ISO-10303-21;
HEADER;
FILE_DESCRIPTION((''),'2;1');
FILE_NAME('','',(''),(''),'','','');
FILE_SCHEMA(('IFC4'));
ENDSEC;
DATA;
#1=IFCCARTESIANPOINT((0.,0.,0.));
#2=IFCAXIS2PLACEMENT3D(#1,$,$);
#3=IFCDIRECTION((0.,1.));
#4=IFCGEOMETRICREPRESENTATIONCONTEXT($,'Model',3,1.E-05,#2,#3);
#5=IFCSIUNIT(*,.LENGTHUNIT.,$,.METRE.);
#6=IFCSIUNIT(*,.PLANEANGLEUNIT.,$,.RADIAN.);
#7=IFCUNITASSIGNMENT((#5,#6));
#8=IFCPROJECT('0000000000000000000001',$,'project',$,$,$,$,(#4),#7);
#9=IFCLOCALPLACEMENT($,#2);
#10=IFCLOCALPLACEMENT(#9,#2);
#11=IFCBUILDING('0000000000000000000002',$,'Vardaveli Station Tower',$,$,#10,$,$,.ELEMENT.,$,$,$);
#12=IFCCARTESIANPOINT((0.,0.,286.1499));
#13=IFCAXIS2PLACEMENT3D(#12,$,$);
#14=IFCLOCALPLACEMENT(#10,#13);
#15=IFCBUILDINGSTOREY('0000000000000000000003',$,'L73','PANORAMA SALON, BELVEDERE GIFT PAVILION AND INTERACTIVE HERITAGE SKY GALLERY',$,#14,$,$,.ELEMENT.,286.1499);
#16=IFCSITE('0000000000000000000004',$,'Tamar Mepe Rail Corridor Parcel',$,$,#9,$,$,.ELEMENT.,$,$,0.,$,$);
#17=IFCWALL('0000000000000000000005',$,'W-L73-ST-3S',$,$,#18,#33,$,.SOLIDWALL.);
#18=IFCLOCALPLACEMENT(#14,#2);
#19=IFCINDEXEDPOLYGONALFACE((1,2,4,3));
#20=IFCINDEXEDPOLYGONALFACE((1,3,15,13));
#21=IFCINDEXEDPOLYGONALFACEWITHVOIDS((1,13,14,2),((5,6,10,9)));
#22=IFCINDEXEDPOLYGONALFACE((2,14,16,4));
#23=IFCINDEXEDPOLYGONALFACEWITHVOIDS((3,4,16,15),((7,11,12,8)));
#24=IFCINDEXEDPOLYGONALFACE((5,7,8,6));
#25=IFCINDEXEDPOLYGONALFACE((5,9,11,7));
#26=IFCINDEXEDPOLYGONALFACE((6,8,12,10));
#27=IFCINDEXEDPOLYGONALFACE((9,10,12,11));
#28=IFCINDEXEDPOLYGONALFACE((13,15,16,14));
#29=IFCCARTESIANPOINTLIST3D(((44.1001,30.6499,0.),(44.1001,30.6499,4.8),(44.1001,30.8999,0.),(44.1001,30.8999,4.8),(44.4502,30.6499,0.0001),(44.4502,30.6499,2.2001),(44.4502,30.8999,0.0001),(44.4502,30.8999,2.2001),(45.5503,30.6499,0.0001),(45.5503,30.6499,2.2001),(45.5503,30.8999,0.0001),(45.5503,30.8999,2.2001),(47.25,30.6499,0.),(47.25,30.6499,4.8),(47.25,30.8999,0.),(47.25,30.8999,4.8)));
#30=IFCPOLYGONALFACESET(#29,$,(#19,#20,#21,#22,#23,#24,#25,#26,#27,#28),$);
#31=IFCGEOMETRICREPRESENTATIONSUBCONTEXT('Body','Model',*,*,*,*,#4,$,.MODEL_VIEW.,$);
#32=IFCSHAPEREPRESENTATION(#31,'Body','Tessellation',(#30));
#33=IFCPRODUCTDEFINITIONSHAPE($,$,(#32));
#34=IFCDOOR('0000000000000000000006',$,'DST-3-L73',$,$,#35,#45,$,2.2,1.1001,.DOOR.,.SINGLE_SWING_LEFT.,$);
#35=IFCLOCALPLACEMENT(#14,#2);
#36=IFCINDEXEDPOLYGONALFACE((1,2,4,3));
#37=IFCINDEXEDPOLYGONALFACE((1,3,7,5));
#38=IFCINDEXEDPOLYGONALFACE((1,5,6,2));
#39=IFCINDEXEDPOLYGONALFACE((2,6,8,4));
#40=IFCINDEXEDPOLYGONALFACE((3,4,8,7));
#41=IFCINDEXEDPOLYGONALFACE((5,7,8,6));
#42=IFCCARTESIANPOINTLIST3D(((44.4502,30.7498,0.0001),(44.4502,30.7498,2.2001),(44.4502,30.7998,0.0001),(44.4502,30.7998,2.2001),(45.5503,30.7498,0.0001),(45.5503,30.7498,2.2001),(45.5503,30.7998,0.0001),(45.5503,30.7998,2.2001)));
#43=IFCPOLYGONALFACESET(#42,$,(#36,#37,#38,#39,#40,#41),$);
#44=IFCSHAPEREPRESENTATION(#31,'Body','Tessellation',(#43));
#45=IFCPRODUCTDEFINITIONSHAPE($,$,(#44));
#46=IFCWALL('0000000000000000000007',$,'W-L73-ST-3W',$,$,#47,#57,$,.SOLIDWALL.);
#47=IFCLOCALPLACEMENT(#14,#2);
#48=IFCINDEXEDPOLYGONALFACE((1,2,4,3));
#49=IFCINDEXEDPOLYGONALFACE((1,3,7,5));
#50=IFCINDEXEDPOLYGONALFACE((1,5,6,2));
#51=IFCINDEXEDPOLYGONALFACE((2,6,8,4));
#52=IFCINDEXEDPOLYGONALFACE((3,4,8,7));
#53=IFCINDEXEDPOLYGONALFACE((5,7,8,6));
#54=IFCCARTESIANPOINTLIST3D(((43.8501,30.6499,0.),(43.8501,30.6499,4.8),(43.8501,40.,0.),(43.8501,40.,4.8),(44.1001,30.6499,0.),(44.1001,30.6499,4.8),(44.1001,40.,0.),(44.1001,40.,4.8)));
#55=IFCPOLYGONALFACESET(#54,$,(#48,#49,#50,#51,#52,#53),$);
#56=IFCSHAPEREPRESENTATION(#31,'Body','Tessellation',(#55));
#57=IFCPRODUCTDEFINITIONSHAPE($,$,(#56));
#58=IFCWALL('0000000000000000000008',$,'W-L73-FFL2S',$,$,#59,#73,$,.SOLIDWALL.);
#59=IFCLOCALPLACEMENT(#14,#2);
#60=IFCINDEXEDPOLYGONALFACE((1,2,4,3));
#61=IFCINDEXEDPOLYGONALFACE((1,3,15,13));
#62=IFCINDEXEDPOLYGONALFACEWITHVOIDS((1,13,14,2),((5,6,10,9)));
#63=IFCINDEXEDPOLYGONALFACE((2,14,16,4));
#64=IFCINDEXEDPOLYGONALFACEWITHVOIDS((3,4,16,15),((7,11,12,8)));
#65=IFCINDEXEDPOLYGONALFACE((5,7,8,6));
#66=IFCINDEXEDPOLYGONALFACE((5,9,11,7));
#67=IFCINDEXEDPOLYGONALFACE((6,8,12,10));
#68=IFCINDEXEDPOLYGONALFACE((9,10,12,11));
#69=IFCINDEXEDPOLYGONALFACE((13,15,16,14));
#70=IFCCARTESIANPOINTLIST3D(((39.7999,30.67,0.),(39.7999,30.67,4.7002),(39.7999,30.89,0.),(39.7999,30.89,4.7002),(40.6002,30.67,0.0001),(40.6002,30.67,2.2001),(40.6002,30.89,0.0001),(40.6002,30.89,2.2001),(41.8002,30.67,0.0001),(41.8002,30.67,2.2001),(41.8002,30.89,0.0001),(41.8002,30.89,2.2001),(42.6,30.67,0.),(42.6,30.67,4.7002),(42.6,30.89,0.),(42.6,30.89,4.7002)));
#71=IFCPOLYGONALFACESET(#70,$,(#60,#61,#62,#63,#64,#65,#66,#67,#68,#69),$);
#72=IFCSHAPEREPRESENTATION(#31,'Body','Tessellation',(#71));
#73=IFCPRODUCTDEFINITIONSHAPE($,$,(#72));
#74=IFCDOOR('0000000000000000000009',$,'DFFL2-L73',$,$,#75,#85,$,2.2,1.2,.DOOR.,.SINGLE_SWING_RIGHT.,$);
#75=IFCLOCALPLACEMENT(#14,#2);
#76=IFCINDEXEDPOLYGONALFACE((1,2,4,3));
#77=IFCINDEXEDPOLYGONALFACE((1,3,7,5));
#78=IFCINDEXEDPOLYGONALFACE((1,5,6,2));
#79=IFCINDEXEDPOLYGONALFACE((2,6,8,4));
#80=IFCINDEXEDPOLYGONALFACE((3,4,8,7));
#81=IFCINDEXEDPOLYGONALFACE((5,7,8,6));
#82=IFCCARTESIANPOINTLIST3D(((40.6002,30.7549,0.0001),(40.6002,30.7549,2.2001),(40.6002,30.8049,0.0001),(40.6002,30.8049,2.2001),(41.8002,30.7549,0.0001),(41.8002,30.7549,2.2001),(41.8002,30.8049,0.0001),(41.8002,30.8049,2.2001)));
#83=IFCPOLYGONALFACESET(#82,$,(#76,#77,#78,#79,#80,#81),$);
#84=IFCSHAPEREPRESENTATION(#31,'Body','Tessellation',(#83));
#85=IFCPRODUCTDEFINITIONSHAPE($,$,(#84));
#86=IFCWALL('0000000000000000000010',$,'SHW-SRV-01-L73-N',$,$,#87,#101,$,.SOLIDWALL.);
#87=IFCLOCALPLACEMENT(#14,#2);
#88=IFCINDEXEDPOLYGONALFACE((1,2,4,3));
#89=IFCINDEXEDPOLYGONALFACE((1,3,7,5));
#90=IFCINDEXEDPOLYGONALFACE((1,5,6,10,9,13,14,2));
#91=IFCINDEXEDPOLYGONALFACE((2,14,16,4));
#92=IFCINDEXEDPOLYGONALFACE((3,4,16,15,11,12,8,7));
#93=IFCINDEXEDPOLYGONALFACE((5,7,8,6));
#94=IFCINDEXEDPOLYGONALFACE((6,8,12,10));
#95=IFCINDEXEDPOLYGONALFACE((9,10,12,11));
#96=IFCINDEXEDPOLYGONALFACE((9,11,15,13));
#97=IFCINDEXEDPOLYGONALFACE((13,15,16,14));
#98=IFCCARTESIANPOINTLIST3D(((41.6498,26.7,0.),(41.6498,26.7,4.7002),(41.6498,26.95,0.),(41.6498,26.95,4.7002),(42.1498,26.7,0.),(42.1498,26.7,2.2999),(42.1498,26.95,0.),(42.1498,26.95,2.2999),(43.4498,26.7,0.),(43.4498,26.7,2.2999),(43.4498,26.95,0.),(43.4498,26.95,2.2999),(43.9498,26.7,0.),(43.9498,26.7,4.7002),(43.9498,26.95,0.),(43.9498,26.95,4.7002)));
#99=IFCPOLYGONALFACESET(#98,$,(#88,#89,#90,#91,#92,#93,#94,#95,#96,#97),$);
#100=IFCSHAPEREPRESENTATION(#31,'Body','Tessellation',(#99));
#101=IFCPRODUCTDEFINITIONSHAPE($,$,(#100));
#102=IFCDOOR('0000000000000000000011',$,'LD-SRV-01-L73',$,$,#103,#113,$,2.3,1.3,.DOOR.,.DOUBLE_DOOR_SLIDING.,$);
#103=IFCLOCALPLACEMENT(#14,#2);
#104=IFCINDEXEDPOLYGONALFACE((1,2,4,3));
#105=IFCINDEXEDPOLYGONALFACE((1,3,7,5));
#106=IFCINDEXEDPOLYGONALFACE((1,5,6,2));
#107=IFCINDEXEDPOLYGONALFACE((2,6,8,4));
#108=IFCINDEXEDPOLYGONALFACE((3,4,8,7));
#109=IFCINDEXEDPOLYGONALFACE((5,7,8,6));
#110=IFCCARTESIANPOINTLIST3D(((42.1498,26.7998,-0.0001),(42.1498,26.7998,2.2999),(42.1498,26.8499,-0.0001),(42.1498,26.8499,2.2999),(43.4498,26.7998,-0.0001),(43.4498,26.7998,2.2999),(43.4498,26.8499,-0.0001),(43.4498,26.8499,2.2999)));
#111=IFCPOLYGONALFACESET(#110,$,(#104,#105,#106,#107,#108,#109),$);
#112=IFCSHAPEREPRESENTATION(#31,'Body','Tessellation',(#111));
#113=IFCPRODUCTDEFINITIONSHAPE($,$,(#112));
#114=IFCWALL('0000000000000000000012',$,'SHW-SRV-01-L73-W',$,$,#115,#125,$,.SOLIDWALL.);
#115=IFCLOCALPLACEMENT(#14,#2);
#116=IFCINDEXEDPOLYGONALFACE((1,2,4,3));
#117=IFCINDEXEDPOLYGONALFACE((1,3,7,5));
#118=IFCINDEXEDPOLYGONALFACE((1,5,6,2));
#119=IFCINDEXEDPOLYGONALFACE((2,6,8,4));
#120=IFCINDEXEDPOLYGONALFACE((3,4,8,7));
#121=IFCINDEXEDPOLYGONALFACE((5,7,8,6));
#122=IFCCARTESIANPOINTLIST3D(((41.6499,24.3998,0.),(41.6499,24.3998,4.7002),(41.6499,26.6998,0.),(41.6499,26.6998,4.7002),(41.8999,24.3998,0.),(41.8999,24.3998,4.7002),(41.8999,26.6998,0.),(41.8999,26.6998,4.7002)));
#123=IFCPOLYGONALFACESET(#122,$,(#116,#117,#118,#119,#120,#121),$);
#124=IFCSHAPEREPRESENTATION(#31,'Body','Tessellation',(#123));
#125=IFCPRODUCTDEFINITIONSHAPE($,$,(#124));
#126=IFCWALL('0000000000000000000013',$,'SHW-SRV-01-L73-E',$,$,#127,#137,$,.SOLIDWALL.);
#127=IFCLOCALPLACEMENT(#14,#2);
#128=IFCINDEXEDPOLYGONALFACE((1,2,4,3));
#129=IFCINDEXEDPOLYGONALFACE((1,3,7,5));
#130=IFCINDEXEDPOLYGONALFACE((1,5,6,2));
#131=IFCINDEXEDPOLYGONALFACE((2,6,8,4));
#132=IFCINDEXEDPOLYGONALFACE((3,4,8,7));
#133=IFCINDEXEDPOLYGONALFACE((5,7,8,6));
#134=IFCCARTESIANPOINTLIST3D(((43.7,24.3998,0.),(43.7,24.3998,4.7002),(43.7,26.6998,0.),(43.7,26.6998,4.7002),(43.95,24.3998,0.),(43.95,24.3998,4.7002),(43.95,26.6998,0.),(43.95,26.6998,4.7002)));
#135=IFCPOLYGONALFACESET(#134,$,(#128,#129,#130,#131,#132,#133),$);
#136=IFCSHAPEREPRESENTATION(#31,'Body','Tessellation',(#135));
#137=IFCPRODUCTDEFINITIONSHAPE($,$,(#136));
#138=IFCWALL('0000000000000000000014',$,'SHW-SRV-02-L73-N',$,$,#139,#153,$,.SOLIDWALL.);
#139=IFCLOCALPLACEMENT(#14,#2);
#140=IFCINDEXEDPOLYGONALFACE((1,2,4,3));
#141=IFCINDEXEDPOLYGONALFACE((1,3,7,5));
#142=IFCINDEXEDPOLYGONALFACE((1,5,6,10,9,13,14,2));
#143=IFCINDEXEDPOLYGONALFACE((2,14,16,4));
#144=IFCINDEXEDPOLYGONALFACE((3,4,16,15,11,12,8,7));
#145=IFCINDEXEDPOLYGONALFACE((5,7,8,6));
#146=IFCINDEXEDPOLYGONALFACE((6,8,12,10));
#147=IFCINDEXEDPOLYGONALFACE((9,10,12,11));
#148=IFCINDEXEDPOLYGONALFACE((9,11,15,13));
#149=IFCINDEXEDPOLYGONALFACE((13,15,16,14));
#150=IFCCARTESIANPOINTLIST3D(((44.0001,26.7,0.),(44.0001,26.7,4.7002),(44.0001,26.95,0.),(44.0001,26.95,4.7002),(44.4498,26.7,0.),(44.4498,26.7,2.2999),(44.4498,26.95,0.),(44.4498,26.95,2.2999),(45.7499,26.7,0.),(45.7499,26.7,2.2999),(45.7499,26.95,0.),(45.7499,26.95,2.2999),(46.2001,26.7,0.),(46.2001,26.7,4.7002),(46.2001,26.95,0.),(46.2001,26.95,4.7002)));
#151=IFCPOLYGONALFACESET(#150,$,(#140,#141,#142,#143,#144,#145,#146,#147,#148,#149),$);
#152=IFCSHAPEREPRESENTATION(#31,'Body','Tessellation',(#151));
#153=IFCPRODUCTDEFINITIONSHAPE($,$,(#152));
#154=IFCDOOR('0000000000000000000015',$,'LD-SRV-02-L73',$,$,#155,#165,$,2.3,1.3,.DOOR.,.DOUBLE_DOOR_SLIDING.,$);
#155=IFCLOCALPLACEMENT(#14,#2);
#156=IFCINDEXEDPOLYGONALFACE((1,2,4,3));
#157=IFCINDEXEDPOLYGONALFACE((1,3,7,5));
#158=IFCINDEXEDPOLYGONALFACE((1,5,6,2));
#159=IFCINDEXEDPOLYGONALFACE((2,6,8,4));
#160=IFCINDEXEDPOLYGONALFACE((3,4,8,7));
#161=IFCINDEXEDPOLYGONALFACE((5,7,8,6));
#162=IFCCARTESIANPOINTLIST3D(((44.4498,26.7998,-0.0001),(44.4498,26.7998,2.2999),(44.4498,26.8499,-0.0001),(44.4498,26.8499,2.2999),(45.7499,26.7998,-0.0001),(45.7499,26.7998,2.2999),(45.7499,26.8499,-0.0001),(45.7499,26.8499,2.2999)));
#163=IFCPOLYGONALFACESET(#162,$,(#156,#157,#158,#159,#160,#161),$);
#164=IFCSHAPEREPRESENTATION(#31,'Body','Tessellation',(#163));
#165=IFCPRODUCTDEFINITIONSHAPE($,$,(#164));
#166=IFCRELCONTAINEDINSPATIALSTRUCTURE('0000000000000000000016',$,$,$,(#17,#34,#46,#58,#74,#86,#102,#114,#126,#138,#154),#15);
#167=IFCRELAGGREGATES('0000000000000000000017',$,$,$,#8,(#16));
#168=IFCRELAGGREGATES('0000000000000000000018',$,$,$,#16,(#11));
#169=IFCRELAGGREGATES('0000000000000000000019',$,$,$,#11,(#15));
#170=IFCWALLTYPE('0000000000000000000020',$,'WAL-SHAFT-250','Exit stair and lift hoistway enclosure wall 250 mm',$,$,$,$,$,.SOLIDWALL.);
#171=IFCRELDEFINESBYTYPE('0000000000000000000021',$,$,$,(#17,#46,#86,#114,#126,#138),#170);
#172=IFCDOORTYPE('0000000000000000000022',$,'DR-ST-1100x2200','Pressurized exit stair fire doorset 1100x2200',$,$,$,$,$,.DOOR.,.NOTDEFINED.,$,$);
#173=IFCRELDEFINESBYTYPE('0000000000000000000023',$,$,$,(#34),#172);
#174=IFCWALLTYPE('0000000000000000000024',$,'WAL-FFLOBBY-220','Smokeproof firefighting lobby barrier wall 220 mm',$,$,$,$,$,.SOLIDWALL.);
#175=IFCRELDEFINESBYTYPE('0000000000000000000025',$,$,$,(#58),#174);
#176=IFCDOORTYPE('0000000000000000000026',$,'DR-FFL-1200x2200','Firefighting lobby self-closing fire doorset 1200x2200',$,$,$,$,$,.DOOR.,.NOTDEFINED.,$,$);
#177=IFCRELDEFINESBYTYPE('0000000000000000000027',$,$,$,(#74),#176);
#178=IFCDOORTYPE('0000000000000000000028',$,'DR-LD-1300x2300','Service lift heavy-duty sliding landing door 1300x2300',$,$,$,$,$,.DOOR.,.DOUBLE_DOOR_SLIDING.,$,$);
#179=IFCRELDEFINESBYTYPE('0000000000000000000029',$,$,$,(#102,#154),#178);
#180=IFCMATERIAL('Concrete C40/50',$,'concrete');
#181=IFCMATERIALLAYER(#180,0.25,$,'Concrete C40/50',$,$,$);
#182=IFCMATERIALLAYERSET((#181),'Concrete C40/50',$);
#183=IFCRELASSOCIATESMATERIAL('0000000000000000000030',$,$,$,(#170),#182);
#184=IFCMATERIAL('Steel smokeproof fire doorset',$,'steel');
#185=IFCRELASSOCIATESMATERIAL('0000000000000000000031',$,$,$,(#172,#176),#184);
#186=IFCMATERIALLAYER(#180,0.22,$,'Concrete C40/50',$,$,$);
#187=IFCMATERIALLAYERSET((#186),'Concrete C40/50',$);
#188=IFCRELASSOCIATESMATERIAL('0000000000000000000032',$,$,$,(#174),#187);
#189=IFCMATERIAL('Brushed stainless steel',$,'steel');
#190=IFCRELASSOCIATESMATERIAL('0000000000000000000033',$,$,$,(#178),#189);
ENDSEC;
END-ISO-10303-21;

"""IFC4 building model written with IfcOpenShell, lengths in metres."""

from ifc_helpers import new_model, si_unit, direction, frame, frame_2d, origin, place, context, subcontext, project, spatial, rectangle, extrude, source, transform, mapped, material, layer, layer_set, type_object, element, fill, save


model = new_model("IFC4")

# Units and contexts
model_context = context("Model", 3, precision=1e-05, world=origin(), true_north=direction((0.0, 1.0)))
body_context = subcontext(model_context, "Body", "Model", "MODEL_VIEW")
ifc_project = project(units=[si_unit("LENGTHUNIT", "METRE"), si_unit("PLANEANGLEUNIT", "RADIAN")], contexts=[model_context])

# Site, building, storey
site_placement = place(None, origin())
site = spatial("IfcSite", under=ifc_project, at=site_placement, Name="Tamar Mepe Rail Corridor Parcel", CompositionType="ELEMENT", RefElevation=0.0)
building_placement = place(site_placement, origin())
building = spatial("IfcBuilding", under=site, at=building_placement, Name="Vardaveli Station Tower", CompositionType="ELEMENT")
storey_placement = place(building_placement, frame((0.0, 0.0, 286.1499)))
storey = spatial("IfcBuildingStorey", under=building, at=storey_placement, Name="L73", Description="PANORAMA SALON, BELVEDERE GIFT PAVILION AND INTERACTIVE HERITAGE SKY GALLERY", CompositionType="ELEMENT", Elevation=286.1499)

# Wall, opening, door
ifc_material_1 = material(Name="Concrete C40/50", Category="concrete")
ifc_layer_1 = layer(ifc_material_1, 0.25, Name="Concrete C40/50")
ifc_layer_set_1 = layer_set([ifc_layer_1], Name="Concrete C40/50")
wall_type_1 = type_object("IfcWallType", Name="WAL-SHAFT-250", Description="Exit stair and lift hoistway enclosure wall 250 mm", PredefinedType="SOLIDWALL", material=ifc_layer_set_1)
shared_shape_1 = source(origin(), body_context, "Body", "SweptSolid", [
    extrude(rectangle(XDim=3.1499, YDim=0.25, at=frame_2d((1.575, 0.0))), origin(), (0.0, 0.0, 1.0), 4.8),
])
wall_1_placement = place(storey_placement, frame((44.1001, 30.7749, 0.0), z_axis=(0.0, 0.0, 1.0), x_axis=(1.0, 0.0, 0.0)))
wall_1 = element("IfcWall", 1, at=wall_1_placement, inside=storey, type_object=wall_type_1, Name="W-L73-ST-3S", PredefinedType="SOLIDWALL", context=body_context, shape_type="MappedRepresentation", body=[
    mapped(shared_shape_1, transform((0.0, 0.0, 0.0), scale=1.0)),
])
shared_shape_2 = source(origin(), body_context, "Body", "SweptSolid", [
    extrude(rectangle(XDim=1.1001, YDim=2.2, at=frame_2d((0.55, 1.1001))), frame((0.0, 0.135, 0.0), z_axis=(0.0, -1.0, 0.0), x_axis=(1.0, 0.0, 0.0)), (0.0, 0.0, 1.0), 0.27),
])
opening_1_placement = place(wall_1_placement, frame((0.3501, 0.0, 0.0)))
opening_1 = element("IfcOpeningElement", 2, at=opening_1_placement, cuts=wall_1, PredefinedType="OPENING", context=body_context, shape_type="MappedRepresentation", body=[
    mapped(shared_shape_2, transform((0.0, 0.0, 0.0), scale=1.0)),
])
ifc_material_2 = material(Name="Steel smokeproof fire doorset", Category="steel")
door_type_1 = type_object("IfcDoorType", Name="DR-ST-1100x2200", Description="Pressurized exit stair fire doorset 1100x2200", OperationType="NOTDEFINED", PredefinedType="DOOR", material=ifc_material_2)
shared_shape_3 = source(origin(), body_context, "Body", "SweptSolid", [
    extrude(rectangle(XDim=1.1001, YDim=2.2, at=frame_2d((0.55, 1.1001))), frame((0.0, 0.0249, 0.0), z_axis=(0.0, -1.0, 0.0), x_axis=(1.0, 0.0, 0.0)), (0.0, 0.0, 1.0), 0.05),
])
door_1_placement = place(opening_1_placement, origin())
door_1 = element("IfcDoor", 3, at=door_1_placement, inside=storey, type_object=door_type_1, Name="DST-3-L73", OperationType="SINGLE_SWING_LEFT", OverallHeight=2.2, OverallWidth=1.1001, PredefinedType="DOOR", context=body_context, shape_type="MappedRepresentation", body=[
    mapped(shared_shape_3, transform((0.0, 0.0, 0.0), scale=1.0)),
])
fill(opening_1, door_1)

# Wall
shared_shape_4 = source(origin(), body_context, "Body", "SweptSolid", [
    extrude(rectangle(XDim=9.3501, YDim=0.25, at=frame_2d((4.675, 0.0))), origin(), (0.0, 0.0, 1.0), 4.8),
])
wall_2_placement = place(storey_placement, frame((43.9751, 30.6499, 0.0), z_axis=(0.0, 0.0, 1.0), x_axis=(0.0, 1.0, 0.0)))
element("IfcWall", 4, at=wall_2_placement, inside=storey, type_object=wall_type_1, Name="W-L73-ST-3W", PredefinedType="SOLIDWALL", context=body_context, shape_type="MappedRepresentation", body=[
    mapped(shared_shape_4, transform((0.0, 0.0, 0.0), scale=1.0)),
])

# Walls, openings, doors
ifc_layer_2 = layer(ifc_material_1, 0.22, Name="Concrete C40/50")
ifc_layer_set_2 = layer_set([ifc_layer_2], Name="Concrete C40/50")
wall_type_2 = type_object("IfcWallType", Name="WAL-FFLOBBY-220", Description="Smokeproof firefighting lobby barrier wall 220 mm", PredefinedType="SOLIDWALL", material=ifc_layer_set_2)
shared_shape_5 = source(origin(), body_context, "Body", "SweptSolid", [
    extrude(rectangle(XDim=2.8, YDim=0.22, at=frame_2d((1.3999, 0.0))), origin(), (0.0, 0.0, 1.0), 4.7002),
])
wall_3_placement = place(storey_placement, frame((39.8, 30.78, 0.0), z_axis=(0.0, 0.0, 1.0), x_axis=(1.0, 0.0, 0.0)))
wall_3 = element("IfcWall", 5, at=wall_3_placement, inside=storey, type_object=wall_type_2, Name="W-L73-FFL2S", PredefinedType="SOLIDWALL", context=body_context, shape_type="MappedRepresentation", body=[
    mapped(shared_shape_5, transform((0.0, 0.0, 0.0), scale=1.0)),
])
shared_shape_6 = source(origin(), body_context, "Body", "SweptSolid", [
    extrude(rectangle(XDim=1.2, YDim=2.2, at=frame_2d((0.6001, 1.1001))), frame((0.0, 0.1201, 0.0), z_axis=(0.0, -1.0, 0.0), x_axis=(1.0, 0.0, 0.0)), (0.0, 0.0, 1.0), 0.24),
])
opening_2_placement = place(wall_3_placement, frame((0.8, 0.0, 0.0)))
opening_2 = element("IfcOpeningElement", 6, at=opening_2_placement, cuts=wall_3, PredefinedType="OPENING", context=body_context, shape_type="MappedRepresentation", body=[
    mapped(shared_shape_6, transform((0.0, 0.0, 0.0), scale=1.0)),
])
door_type_2 = type_object("IfcDoorType", Name="DR-FFL-1200x2200", Description="Firefighting lobby self-closing fire doorset 1200x2200", OperationType="NOTDEFINED", PredefinedType="DOOR", material=ifc_material_2)
shared_shape_7 = source(origin(), body_context, "Body", "SweptSolid", [
    extrude(rectangle(XDim=1.2, YDim=2.2, at=frame_2d((0.6001, 1.1001))), frame((0.0, 0.0249, 0.0), z_axis=(0.0, -1.0, 0.0), x_axis=(1.0, 0.0, 0.0)), (0.0, 0.0, 1.0), 0.05),
])
door_2_placement = place(opening_2_placement, origin())
door_2 = element("IfcDoor", 7, at=door_2_placement, inside=storey, type_object=door_type_2, Name="DFFL2-L73", OperationType="SINGLE_SWING_RIGHT", OverallHeight=2.2, OverallWidth=1.2, PredefinedType="DOOR", context=body_context, shape_type="MappedRepresentation", body=[
    mapped(shared_shape_7, transform((0.0, 0.0, 0.0), scale=1.0)),
])
fill(opening_2, door_2)
shared_shape_8 = source(origin(), body_context, "Body", "SweptSolid", [
    extrude(rectangle(XDim=2.3, YDim=0.25, at=frame_2d((1.1499, 0.0))), origin(), (0.0, 0.0, 1.0), 4.7002),
])
wall_4_placement = place(storey_placement, frame((41.6499, 26.825, 0.0), z_axis=(0.0, 0.0, 1.0), x_axis=(1.0, 0.0, 0.0)))
wall_4 = element("IfcWall", 8, at=wall_4_placement, inside=storey, type_object=wall_type_1, Name="SHW-SRV-01-L73-N", PredefinedType="SOLIDWALL", context=body_context, shape_type="MappedRepresentation", body=[
    mapped(shared_shape_8, transform((0.0, 0.0, 0.0), scale=1.0)),
])
shared_shape_9 = source(origin(), body_context, "Body", "SweptSolid", [
    extrude(rectangle(XDim=1.3, YDim=2.3, at=frame_2d((0.6499, 1.1499))), frame((0.0, 0.135, 0.0), z_axis=(0.0, -1.0, 0.0), x_axis=(1.0, 0.0, 0.0)), (0.0, 0.0, 1.0), 0.27),
])
opening_3_placement = place(wall_4_placement, frame((0.5, 0.0, 0.0)))
opening_3 = element("IfcOpeningElement", 9, at=opening_3_placement, cuts=wall_4, PredefinedType="OPENING", context=body_context, shape_type="MappedRepresentation", body=[
    mapped(shared_shape_9, transform((0.0, 0.0, 0.0), scale=1.0)),
])
ifc_material_3 = material(Name="Brushed stainless steel", Category="steel")
door_type_3 = type_object("IfcDoorType", Name="DR-LD-1300x2300", Description="Service lift heavy-duty sliding landing door 1300x2300", OperationType="DOUBLE_DOOR_SLIDING", PredefinedType="DOOR", material=ifc_material_3)
shared_shape_10 = source(origin(), body_context, "Body", "SweptSolid", [
    extrude(rectangle(XDim=1.3, YDim=2.3, at=frame_2d((0.6499, 1.1499))), frame((0.0, 0.0249, 0.0), z_axis=(0.0, -1.0, 0.0), x_axis=(1.0, 0.0, 0.0)), (0.0, 0.0, 1.0), 0.05),
])
door_3_placement = place(opening_3_placement, origin())
door_3 = element("IfcDoor", 10, at=door_3_placement, inside=storey, type_object=door_type_3, Name="LD-SRV-01-L73", OperationType="DOUBLE_DOOR_SLIDING", OverallHeight=2.3, OverallWidth=1.3, PredefinedType="DOOR", context=body_context, shape_type="MappedRepresentation", body=[
    mapped(shared_shape_10, transform((0.0, 0.0, 0.0), scale=1.0)),
])
fill(opening_3, door_3)

# Walls
for number, where, z_axis, x_axis, name in (
    (11, (41.7749, 24.3999, 0.0), (0.0, 0.0, 1.0), (0.0, 1.0, 0.0), "SHW-SRV-01-L73-W"),
    (12, (43.825, 24.3999, 0.0), (0.0, 0.0, 1.0), (0.0, 1.0, 0.0), "SHW-SRV-01-L73-E"),
):
    element("IfcWall", number, at=place(storey_placement, frame(where, z_axis=z_axis, x_axis=x_axis)), inside=storey, type_object=wall_type_1, Name=name, PredefinedType="SOLIDWALL", context=body_context, shape_type="MappedRepresentation", body=[
        mapped(shared_shape_8, transform((0.0, 0.0, 0.0), scale=1.0)),
    ])

# Wall, opening, door
shared_shape_11 = source(origin(), body_context, "Body", "SweptSolid", [
    extrude(rectangle(XDim=2.2, YDim=0.25, at=frame_2d((1.1001, 0.0))), origin(), (0.0, 0.0, 1.0), 4.7002),
])
wall_5_placement = place(storey_placement, frame((44.0, 26.825, 0.0), z_axis=(0.0, 0.0, 1.0), x_axis=(1.0, 0.0, 0.0)))
wall_5 = element("IfcWall", 13, at=wall_5_placement, inside=storey, type_object=wall_type_1, Name="SHW-SRV-02-L73-N", PredefinedType="SOLIDWALL", context=body_context, shape_type="MappedRepresentation", body=[
    mapped(shared_shape_11, transform((0.0, 0.0, 0.0), scale=1.0)),
])
opening_4_placement = place(wall_5_placement, frame((0.45, 0.0, 0.0)))
opening_4 = element("IfcOpeningElement", 14, at=opening_4_placement, cuts=wall_5, PredefinedType="OPENING", context=body_context, shape_type="MappedRepresentation", body=[
    mapped(shared_shape_9, transform((0.0, 0.0, 0.0), scale=1.0)),
])
door_4_placement = place(opening_4_placement, origin())
door_4 = element("IfcDoor", 15, at=door_4_placement, inside=storey, type_object=door_type_3, Name="LD-SRV-02-L73", OperationType="DOUBLE_DOOR_SLIDING", OverallHeight=2.3, OverallWidth=1.3, PredefinedType="DOOR", context=body_context, shape_type="MappedRepresentation", body=[
    mapped(shared_shape_10, transform((0.0, 0.0, 0.0), scale=1.0)),
])
fill(opening_4, door_4)

save(model, "model.ifc")
